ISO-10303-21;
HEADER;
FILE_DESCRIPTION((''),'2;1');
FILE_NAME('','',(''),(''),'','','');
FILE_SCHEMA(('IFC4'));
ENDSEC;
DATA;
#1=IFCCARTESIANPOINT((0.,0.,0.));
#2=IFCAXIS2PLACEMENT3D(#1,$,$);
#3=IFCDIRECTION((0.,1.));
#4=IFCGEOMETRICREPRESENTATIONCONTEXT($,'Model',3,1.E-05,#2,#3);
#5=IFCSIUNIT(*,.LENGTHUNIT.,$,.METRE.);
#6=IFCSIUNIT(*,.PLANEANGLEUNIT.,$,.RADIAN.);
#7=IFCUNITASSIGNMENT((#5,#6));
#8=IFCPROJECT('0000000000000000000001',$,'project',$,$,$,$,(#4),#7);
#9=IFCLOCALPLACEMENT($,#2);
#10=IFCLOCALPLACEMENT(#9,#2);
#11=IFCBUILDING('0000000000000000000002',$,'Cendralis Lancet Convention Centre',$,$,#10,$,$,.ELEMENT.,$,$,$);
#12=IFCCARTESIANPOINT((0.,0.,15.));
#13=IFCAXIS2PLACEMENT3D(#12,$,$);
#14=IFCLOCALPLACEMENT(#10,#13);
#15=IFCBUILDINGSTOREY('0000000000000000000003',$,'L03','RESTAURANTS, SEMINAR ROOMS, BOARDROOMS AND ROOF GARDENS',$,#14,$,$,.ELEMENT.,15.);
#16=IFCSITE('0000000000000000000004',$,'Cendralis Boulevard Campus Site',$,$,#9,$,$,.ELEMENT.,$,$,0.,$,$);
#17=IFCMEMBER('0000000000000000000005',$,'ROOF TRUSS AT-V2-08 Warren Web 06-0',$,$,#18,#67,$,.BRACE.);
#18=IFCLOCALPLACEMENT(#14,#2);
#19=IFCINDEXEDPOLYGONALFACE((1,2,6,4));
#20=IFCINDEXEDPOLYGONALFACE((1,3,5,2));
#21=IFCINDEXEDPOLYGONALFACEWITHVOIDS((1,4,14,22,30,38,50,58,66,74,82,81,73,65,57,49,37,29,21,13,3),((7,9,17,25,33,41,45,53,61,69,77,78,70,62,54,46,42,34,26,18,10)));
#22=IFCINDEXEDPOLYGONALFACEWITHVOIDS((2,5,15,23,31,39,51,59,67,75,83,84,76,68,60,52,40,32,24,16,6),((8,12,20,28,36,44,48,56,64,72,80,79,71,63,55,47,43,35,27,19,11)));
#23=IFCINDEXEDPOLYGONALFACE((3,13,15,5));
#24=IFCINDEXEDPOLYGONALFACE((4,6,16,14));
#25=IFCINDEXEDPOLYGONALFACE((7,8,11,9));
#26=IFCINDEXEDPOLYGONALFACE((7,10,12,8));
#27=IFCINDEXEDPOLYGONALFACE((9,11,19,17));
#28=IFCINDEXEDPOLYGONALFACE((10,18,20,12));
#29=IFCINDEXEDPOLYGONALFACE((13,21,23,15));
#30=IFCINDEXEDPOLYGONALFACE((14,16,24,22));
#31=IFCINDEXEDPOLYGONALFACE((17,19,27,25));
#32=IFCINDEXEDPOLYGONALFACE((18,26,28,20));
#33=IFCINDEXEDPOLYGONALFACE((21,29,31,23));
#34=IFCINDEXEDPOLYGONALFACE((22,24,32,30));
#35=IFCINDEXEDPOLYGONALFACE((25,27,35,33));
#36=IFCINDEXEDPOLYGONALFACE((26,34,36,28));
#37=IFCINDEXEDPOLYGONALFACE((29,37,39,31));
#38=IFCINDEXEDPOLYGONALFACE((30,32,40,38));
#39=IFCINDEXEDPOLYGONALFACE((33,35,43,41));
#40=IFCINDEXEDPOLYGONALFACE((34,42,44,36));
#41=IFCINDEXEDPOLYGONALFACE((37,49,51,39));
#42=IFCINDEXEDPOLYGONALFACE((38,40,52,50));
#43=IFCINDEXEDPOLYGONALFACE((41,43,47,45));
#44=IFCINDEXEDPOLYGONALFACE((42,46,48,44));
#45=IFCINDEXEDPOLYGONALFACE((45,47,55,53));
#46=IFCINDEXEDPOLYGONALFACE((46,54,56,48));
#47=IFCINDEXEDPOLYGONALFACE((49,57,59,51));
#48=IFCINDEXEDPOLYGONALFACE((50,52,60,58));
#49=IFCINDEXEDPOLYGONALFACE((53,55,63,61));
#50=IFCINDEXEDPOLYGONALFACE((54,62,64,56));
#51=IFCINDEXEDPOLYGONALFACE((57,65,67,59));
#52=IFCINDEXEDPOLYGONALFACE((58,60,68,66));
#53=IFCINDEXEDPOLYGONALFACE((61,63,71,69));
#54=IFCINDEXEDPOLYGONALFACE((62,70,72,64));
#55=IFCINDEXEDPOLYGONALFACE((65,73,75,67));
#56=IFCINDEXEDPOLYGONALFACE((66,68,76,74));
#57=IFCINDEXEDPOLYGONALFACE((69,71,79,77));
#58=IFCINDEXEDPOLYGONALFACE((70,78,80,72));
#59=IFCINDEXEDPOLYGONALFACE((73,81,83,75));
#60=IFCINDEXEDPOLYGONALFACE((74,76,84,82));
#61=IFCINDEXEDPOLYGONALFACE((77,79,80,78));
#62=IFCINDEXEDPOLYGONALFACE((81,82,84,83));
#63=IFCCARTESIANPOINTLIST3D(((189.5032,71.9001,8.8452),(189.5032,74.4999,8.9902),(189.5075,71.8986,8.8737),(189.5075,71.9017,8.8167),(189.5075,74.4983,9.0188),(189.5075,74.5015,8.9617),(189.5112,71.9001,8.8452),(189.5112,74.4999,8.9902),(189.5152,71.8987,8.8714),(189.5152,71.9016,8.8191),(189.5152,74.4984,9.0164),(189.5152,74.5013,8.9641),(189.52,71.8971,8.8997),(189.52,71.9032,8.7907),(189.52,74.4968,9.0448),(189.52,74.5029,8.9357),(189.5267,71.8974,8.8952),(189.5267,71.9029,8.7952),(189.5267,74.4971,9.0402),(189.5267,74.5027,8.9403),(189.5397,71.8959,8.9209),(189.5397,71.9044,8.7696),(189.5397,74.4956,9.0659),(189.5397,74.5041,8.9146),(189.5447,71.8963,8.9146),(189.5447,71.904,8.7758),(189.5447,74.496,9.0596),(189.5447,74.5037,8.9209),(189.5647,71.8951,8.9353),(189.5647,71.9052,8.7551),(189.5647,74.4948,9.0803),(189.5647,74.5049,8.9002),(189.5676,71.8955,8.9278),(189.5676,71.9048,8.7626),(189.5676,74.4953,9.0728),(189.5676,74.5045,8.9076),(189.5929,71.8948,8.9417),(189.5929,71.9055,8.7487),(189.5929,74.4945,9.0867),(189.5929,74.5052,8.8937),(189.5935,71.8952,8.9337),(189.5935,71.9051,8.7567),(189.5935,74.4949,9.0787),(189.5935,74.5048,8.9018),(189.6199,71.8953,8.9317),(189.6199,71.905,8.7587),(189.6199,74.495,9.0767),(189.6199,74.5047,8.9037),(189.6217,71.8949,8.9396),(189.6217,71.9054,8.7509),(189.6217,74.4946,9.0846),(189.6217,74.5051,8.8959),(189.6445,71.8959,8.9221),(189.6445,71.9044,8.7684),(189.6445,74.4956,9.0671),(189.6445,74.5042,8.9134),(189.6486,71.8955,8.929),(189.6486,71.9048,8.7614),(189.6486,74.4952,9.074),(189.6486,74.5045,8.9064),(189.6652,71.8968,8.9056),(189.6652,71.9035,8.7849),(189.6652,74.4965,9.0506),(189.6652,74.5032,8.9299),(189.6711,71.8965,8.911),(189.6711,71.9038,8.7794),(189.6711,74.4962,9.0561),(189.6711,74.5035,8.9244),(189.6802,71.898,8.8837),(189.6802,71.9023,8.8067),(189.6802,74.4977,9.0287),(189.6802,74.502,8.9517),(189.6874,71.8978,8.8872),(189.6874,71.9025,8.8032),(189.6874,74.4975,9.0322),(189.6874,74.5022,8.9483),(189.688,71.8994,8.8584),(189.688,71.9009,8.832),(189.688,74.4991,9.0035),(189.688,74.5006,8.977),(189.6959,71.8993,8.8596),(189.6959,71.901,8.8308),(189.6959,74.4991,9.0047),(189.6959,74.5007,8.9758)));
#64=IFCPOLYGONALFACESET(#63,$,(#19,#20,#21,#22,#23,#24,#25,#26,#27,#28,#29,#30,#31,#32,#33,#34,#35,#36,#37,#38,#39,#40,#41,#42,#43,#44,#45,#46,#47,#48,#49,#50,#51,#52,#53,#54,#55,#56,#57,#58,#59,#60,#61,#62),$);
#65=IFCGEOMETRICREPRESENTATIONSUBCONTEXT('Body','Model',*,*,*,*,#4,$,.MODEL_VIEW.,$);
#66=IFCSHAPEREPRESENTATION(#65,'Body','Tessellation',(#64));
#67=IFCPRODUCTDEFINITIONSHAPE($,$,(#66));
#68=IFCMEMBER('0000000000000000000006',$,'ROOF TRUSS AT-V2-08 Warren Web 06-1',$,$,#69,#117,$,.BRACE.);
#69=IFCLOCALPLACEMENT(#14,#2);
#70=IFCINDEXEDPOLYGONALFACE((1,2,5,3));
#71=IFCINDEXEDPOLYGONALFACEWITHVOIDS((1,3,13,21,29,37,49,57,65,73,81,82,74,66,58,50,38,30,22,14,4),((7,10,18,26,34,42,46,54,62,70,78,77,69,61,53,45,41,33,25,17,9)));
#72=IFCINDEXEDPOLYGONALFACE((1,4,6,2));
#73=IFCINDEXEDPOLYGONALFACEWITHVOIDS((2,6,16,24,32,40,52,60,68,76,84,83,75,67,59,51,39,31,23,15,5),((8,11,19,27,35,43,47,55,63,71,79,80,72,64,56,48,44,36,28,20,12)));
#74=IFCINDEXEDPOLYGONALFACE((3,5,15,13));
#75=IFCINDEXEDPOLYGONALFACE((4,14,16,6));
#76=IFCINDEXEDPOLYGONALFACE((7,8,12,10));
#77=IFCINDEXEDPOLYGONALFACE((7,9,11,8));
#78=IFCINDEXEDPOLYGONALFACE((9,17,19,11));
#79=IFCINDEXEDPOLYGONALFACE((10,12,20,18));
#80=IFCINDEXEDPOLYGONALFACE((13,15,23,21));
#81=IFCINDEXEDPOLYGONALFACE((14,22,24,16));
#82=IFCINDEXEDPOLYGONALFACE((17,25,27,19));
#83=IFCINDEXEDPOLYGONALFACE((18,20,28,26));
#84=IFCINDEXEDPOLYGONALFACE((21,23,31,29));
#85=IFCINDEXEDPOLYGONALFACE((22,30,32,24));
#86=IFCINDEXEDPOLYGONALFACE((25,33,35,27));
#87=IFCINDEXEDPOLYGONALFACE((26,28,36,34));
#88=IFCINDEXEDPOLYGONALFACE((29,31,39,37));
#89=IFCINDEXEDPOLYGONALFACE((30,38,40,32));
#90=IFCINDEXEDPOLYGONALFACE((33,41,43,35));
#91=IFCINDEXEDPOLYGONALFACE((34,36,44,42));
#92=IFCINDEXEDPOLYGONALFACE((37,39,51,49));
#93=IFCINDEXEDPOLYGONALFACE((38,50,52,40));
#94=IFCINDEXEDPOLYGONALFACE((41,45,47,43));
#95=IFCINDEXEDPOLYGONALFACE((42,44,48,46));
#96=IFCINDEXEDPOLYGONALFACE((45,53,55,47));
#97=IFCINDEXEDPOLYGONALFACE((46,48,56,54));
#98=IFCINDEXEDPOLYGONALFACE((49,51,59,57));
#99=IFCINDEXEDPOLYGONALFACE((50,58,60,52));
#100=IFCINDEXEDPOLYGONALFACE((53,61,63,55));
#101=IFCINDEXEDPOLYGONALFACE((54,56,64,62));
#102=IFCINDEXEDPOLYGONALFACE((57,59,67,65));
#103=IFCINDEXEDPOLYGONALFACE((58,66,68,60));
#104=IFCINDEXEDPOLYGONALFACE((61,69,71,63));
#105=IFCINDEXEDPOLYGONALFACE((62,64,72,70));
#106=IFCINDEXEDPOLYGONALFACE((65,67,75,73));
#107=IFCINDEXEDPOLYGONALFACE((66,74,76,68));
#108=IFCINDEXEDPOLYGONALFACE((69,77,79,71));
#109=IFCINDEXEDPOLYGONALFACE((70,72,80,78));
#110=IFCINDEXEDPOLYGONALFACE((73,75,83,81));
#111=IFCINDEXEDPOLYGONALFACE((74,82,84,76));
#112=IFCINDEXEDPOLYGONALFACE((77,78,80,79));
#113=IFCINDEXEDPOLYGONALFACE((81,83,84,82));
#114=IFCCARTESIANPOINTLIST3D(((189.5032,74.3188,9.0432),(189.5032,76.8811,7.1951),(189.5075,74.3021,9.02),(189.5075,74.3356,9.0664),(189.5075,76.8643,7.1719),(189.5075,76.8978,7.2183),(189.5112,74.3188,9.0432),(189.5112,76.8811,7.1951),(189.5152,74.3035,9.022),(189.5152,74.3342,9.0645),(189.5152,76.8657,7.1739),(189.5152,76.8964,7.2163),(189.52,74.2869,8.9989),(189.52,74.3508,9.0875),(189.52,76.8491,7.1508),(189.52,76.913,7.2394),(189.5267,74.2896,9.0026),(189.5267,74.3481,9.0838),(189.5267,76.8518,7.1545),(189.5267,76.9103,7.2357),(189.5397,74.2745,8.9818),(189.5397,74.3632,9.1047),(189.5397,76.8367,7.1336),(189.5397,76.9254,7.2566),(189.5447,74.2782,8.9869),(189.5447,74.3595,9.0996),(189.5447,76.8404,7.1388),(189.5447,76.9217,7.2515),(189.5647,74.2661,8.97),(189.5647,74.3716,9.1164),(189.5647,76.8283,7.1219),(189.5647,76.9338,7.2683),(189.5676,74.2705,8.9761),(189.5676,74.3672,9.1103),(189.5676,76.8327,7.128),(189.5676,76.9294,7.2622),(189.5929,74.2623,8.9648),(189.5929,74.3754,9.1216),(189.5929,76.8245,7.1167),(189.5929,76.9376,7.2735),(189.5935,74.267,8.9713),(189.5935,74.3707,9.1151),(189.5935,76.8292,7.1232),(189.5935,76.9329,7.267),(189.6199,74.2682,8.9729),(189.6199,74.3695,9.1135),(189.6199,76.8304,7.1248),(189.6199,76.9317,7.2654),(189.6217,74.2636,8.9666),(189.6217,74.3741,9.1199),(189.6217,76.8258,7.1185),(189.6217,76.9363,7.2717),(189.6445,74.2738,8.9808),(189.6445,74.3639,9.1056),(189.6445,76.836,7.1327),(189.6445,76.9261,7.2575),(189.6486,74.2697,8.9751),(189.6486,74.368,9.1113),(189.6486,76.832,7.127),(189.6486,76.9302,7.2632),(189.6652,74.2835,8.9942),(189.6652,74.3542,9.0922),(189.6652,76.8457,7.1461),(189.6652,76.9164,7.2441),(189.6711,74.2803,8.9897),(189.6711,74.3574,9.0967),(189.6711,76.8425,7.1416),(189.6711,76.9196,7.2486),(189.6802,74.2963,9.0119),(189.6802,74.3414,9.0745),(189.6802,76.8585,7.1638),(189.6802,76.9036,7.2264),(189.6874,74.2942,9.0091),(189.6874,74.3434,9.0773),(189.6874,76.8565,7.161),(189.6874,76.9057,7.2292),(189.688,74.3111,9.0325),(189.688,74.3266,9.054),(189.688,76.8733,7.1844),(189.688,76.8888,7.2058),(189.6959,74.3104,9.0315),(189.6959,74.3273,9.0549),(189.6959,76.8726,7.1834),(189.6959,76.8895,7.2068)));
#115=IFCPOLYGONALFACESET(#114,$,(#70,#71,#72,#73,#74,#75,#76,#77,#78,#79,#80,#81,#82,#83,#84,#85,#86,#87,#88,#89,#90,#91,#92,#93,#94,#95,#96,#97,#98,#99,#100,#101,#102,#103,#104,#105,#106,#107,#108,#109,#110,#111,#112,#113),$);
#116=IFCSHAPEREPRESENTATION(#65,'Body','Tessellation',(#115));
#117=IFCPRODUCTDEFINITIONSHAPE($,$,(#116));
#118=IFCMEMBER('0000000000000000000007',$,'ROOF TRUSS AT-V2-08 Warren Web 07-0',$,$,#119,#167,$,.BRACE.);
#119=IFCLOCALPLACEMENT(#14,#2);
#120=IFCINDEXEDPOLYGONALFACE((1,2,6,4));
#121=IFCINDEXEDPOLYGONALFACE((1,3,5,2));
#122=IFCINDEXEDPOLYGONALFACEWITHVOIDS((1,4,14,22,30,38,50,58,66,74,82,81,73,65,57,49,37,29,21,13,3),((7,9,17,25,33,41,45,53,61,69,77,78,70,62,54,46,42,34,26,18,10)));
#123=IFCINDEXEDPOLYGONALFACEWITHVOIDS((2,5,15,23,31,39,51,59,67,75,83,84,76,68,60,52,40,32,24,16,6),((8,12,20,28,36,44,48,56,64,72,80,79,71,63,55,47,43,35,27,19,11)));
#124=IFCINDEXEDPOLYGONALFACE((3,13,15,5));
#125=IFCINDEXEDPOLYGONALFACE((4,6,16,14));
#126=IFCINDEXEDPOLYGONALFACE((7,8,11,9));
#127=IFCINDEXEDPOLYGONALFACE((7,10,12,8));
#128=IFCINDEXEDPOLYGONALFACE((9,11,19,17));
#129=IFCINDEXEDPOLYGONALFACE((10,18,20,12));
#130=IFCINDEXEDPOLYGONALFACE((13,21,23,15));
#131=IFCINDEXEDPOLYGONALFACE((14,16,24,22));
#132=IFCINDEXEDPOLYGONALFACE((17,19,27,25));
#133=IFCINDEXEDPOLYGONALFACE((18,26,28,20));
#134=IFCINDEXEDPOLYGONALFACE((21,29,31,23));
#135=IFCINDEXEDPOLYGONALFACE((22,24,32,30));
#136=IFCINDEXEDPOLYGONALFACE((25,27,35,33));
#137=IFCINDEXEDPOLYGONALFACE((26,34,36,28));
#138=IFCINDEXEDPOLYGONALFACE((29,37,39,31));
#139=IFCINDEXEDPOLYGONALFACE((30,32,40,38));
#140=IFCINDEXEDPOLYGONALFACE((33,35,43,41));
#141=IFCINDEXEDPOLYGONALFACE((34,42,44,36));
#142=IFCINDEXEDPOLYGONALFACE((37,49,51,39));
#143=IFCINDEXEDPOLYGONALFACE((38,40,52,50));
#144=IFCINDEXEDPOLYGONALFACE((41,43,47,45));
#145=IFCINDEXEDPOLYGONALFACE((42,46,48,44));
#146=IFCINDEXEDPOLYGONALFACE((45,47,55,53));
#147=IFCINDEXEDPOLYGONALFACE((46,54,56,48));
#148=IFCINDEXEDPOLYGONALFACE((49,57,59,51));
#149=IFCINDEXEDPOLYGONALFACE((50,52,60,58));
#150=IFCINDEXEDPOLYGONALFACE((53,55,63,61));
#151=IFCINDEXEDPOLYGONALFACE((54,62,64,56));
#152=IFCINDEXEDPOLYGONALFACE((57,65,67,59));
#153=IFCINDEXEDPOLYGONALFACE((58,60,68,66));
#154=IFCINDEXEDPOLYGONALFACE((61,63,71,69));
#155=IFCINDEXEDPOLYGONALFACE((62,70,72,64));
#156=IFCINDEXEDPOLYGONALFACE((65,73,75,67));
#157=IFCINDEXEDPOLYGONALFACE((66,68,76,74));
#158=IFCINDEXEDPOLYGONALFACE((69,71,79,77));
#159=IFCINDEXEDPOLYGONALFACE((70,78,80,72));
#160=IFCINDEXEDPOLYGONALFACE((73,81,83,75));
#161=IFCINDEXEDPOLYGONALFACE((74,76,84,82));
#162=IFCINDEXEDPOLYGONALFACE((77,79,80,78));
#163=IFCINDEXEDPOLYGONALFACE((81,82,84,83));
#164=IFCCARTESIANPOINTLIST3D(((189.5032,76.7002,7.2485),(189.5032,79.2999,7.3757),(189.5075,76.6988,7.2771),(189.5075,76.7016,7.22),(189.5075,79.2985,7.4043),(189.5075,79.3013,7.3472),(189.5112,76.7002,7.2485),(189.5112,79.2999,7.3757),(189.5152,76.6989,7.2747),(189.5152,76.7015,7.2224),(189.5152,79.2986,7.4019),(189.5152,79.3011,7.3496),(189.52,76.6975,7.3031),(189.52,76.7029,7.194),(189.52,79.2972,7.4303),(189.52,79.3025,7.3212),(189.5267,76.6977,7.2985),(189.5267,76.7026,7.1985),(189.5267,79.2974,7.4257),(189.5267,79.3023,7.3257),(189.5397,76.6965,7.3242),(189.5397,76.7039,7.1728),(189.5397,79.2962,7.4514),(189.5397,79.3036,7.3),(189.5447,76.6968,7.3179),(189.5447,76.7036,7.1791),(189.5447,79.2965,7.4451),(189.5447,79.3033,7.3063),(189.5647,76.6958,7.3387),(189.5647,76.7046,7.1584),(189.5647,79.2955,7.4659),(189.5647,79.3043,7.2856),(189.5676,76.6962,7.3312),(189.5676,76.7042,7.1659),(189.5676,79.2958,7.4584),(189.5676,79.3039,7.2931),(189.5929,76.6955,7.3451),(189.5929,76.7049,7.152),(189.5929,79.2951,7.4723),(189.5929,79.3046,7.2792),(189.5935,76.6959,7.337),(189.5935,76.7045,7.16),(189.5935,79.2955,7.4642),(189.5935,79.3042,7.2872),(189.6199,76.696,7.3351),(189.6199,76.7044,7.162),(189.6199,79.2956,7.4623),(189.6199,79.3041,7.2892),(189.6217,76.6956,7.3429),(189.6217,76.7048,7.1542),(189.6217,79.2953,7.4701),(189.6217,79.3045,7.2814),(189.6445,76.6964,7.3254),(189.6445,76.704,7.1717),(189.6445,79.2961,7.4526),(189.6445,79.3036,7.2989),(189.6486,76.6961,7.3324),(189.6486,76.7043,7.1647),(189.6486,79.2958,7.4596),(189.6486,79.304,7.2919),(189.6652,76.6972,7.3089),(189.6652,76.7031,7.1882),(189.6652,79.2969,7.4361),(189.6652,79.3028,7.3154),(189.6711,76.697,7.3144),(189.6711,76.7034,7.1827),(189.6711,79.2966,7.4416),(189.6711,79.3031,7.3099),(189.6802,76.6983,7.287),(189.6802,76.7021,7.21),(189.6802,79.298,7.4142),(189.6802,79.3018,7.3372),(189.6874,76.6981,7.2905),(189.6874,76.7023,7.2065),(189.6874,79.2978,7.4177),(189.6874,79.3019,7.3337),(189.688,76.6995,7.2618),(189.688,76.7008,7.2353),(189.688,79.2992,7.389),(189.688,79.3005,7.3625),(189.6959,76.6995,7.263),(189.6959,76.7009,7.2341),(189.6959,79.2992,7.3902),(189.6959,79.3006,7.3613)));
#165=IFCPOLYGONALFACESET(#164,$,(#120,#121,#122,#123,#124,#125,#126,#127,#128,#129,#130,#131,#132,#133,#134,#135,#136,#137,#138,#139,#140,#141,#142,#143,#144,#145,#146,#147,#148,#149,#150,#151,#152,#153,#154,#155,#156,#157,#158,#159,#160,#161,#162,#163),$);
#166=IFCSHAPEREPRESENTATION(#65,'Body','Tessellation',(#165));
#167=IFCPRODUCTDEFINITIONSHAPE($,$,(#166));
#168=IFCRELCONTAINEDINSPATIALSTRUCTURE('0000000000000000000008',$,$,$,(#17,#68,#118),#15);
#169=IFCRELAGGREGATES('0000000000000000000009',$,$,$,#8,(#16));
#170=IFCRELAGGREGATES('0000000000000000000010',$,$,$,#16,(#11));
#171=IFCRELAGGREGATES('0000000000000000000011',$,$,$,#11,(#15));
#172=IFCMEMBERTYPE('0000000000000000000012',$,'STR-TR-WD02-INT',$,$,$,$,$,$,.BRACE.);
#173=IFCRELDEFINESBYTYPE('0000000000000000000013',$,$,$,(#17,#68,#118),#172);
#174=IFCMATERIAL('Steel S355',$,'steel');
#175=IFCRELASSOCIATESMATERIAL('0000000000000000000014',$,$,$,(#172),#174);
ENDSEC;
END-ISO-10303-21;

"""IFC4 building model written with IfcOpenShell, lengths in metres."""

from ifc_helpers import new_model, si_unit, direction, frame, origin, origin_2d, place, context, subcontext, project, spatial, hollow_circle, extrude, material, material_profile, profile_set, type_object, element, save


model = new_model("IFC4")

# Units and contexts
model_context = context("Model", 3, precision=1e-05, world=origin(), true_north=direction((0.0, 1.0)))
body_context = subcontext(model_context, "Body", "Model", "MODEL_VIEW")
ifc_project = project(units=[si_unit("LENGTHUNIT", "METRE"), si_unit("PLANEANGLEUNIT", "RADIAN")], contexts=[model_context])

# Site, building, storey
site_placement = place(None, origin())
site = spatial("IfcSite", under=ifc_project, at=site_placement, Name="Cendralis Boulevard Campus Site", CompositionType="ELEMENT", RefElevation=0.0)
building_placement = place(site_placement, origin())
building = spatial("IfcBuilding", under=site, at=building_placement, Name="Cendralis Lancet Convention Centre", CompositionType="ELEMENT")
storey_placement = place(building_placement, frame((0.0, 0.0, 15.0)))
storey = spatial("IfcBuildingStorey", under=building, at=storey_placement, Name="L03", Description="RESTAURANTS, SEMINAR ROOMS, BOARDROOMS AND ROOF GARDENS", CompositionType="ELEMENT", Elevation=15.0)

# Shared definitions
ifc_material = material(Name="Steel S355", Category="steel")

# Members
ifc_material_profile_1 = material_profile(ifc_material, hollow_circle(Radius=0.0969, WallThickness=0.0081, at=origin_2d()), Name="CHS 193.7x8.0")
ifc_profile_set_1 = profile_set([ifc_material_profile_1], Name="Steel S355")
member_type_1 = type_object("IfcMemberType", Name="STR-TR-WD02-INT", PredefinedType="BRACE", material=ifc_profile_set_1)
member_1_placement = place(storey_placement, frame((189.6001, 71.9001, 8.8452), z_axis=(0.0, 0.998448, 0.055699), x_axis=(-1.0, 0.0, 0.0)))
element("IfcMember", 1, at=member_1_placement, inside=storey, type_object=member_type_1, Name="ROOF TRUSS AT-V2-08 Warren Web 06-0", PredefinedType="BRACE", context=body_context, shape_type="SweptSolid", body=[
    extrude(hollow_circle(Radius=0.0969, WallThickness=0.0081, at=origin_2d()), origin(), (0.0, 0.0, 1.0), 2.6038),
])
member_2_placement = place(storey_placement, frame((189.6001, 74.3188, 9.0432), z_axis=(0.0, 0.811036, -0.584997), x_axis=(-1.0, 0.0, 0.0)))
element("IfcMember", 2, at=member_2_placement, inside=storey, type_object=member_type_1, Name="ROOF TRUSS AT-V2-08 Warren Web 06-1", PredefinedType="BRACE", context=body_context, shape_type="SweptSolid", body=[
    extrude(hollow_circle(Radius=0.0969, WallThickness=0.0081, at=origin_2d()), origin(), (0.0, 0.0, 1.0), 3.1592),
])
member_3_placement = place(storey_placement, frame((189.6001, 76.7002, 7.2485), z_axis=(0.0, 0.998805, 0.048871), x_axis=(-1.0, 0.0, 0.0)))
element("IfcMember", 3, at=member_3_placement, inside=storey, type_object=member_type_1, Name="ROOF TRUSS AT-V2-08 Warren Web 07-0", PredefinedType="BRACE", context=body_context, shape_type="SweptSolid", body=[
    extrude(hollow_circle(Radius=0.0969, WallThickness=0.0081, at=origin_2d()), origin(), (0.0, 0.0, 1.0), 2.6028),
])

save(model, "model.ifc")
